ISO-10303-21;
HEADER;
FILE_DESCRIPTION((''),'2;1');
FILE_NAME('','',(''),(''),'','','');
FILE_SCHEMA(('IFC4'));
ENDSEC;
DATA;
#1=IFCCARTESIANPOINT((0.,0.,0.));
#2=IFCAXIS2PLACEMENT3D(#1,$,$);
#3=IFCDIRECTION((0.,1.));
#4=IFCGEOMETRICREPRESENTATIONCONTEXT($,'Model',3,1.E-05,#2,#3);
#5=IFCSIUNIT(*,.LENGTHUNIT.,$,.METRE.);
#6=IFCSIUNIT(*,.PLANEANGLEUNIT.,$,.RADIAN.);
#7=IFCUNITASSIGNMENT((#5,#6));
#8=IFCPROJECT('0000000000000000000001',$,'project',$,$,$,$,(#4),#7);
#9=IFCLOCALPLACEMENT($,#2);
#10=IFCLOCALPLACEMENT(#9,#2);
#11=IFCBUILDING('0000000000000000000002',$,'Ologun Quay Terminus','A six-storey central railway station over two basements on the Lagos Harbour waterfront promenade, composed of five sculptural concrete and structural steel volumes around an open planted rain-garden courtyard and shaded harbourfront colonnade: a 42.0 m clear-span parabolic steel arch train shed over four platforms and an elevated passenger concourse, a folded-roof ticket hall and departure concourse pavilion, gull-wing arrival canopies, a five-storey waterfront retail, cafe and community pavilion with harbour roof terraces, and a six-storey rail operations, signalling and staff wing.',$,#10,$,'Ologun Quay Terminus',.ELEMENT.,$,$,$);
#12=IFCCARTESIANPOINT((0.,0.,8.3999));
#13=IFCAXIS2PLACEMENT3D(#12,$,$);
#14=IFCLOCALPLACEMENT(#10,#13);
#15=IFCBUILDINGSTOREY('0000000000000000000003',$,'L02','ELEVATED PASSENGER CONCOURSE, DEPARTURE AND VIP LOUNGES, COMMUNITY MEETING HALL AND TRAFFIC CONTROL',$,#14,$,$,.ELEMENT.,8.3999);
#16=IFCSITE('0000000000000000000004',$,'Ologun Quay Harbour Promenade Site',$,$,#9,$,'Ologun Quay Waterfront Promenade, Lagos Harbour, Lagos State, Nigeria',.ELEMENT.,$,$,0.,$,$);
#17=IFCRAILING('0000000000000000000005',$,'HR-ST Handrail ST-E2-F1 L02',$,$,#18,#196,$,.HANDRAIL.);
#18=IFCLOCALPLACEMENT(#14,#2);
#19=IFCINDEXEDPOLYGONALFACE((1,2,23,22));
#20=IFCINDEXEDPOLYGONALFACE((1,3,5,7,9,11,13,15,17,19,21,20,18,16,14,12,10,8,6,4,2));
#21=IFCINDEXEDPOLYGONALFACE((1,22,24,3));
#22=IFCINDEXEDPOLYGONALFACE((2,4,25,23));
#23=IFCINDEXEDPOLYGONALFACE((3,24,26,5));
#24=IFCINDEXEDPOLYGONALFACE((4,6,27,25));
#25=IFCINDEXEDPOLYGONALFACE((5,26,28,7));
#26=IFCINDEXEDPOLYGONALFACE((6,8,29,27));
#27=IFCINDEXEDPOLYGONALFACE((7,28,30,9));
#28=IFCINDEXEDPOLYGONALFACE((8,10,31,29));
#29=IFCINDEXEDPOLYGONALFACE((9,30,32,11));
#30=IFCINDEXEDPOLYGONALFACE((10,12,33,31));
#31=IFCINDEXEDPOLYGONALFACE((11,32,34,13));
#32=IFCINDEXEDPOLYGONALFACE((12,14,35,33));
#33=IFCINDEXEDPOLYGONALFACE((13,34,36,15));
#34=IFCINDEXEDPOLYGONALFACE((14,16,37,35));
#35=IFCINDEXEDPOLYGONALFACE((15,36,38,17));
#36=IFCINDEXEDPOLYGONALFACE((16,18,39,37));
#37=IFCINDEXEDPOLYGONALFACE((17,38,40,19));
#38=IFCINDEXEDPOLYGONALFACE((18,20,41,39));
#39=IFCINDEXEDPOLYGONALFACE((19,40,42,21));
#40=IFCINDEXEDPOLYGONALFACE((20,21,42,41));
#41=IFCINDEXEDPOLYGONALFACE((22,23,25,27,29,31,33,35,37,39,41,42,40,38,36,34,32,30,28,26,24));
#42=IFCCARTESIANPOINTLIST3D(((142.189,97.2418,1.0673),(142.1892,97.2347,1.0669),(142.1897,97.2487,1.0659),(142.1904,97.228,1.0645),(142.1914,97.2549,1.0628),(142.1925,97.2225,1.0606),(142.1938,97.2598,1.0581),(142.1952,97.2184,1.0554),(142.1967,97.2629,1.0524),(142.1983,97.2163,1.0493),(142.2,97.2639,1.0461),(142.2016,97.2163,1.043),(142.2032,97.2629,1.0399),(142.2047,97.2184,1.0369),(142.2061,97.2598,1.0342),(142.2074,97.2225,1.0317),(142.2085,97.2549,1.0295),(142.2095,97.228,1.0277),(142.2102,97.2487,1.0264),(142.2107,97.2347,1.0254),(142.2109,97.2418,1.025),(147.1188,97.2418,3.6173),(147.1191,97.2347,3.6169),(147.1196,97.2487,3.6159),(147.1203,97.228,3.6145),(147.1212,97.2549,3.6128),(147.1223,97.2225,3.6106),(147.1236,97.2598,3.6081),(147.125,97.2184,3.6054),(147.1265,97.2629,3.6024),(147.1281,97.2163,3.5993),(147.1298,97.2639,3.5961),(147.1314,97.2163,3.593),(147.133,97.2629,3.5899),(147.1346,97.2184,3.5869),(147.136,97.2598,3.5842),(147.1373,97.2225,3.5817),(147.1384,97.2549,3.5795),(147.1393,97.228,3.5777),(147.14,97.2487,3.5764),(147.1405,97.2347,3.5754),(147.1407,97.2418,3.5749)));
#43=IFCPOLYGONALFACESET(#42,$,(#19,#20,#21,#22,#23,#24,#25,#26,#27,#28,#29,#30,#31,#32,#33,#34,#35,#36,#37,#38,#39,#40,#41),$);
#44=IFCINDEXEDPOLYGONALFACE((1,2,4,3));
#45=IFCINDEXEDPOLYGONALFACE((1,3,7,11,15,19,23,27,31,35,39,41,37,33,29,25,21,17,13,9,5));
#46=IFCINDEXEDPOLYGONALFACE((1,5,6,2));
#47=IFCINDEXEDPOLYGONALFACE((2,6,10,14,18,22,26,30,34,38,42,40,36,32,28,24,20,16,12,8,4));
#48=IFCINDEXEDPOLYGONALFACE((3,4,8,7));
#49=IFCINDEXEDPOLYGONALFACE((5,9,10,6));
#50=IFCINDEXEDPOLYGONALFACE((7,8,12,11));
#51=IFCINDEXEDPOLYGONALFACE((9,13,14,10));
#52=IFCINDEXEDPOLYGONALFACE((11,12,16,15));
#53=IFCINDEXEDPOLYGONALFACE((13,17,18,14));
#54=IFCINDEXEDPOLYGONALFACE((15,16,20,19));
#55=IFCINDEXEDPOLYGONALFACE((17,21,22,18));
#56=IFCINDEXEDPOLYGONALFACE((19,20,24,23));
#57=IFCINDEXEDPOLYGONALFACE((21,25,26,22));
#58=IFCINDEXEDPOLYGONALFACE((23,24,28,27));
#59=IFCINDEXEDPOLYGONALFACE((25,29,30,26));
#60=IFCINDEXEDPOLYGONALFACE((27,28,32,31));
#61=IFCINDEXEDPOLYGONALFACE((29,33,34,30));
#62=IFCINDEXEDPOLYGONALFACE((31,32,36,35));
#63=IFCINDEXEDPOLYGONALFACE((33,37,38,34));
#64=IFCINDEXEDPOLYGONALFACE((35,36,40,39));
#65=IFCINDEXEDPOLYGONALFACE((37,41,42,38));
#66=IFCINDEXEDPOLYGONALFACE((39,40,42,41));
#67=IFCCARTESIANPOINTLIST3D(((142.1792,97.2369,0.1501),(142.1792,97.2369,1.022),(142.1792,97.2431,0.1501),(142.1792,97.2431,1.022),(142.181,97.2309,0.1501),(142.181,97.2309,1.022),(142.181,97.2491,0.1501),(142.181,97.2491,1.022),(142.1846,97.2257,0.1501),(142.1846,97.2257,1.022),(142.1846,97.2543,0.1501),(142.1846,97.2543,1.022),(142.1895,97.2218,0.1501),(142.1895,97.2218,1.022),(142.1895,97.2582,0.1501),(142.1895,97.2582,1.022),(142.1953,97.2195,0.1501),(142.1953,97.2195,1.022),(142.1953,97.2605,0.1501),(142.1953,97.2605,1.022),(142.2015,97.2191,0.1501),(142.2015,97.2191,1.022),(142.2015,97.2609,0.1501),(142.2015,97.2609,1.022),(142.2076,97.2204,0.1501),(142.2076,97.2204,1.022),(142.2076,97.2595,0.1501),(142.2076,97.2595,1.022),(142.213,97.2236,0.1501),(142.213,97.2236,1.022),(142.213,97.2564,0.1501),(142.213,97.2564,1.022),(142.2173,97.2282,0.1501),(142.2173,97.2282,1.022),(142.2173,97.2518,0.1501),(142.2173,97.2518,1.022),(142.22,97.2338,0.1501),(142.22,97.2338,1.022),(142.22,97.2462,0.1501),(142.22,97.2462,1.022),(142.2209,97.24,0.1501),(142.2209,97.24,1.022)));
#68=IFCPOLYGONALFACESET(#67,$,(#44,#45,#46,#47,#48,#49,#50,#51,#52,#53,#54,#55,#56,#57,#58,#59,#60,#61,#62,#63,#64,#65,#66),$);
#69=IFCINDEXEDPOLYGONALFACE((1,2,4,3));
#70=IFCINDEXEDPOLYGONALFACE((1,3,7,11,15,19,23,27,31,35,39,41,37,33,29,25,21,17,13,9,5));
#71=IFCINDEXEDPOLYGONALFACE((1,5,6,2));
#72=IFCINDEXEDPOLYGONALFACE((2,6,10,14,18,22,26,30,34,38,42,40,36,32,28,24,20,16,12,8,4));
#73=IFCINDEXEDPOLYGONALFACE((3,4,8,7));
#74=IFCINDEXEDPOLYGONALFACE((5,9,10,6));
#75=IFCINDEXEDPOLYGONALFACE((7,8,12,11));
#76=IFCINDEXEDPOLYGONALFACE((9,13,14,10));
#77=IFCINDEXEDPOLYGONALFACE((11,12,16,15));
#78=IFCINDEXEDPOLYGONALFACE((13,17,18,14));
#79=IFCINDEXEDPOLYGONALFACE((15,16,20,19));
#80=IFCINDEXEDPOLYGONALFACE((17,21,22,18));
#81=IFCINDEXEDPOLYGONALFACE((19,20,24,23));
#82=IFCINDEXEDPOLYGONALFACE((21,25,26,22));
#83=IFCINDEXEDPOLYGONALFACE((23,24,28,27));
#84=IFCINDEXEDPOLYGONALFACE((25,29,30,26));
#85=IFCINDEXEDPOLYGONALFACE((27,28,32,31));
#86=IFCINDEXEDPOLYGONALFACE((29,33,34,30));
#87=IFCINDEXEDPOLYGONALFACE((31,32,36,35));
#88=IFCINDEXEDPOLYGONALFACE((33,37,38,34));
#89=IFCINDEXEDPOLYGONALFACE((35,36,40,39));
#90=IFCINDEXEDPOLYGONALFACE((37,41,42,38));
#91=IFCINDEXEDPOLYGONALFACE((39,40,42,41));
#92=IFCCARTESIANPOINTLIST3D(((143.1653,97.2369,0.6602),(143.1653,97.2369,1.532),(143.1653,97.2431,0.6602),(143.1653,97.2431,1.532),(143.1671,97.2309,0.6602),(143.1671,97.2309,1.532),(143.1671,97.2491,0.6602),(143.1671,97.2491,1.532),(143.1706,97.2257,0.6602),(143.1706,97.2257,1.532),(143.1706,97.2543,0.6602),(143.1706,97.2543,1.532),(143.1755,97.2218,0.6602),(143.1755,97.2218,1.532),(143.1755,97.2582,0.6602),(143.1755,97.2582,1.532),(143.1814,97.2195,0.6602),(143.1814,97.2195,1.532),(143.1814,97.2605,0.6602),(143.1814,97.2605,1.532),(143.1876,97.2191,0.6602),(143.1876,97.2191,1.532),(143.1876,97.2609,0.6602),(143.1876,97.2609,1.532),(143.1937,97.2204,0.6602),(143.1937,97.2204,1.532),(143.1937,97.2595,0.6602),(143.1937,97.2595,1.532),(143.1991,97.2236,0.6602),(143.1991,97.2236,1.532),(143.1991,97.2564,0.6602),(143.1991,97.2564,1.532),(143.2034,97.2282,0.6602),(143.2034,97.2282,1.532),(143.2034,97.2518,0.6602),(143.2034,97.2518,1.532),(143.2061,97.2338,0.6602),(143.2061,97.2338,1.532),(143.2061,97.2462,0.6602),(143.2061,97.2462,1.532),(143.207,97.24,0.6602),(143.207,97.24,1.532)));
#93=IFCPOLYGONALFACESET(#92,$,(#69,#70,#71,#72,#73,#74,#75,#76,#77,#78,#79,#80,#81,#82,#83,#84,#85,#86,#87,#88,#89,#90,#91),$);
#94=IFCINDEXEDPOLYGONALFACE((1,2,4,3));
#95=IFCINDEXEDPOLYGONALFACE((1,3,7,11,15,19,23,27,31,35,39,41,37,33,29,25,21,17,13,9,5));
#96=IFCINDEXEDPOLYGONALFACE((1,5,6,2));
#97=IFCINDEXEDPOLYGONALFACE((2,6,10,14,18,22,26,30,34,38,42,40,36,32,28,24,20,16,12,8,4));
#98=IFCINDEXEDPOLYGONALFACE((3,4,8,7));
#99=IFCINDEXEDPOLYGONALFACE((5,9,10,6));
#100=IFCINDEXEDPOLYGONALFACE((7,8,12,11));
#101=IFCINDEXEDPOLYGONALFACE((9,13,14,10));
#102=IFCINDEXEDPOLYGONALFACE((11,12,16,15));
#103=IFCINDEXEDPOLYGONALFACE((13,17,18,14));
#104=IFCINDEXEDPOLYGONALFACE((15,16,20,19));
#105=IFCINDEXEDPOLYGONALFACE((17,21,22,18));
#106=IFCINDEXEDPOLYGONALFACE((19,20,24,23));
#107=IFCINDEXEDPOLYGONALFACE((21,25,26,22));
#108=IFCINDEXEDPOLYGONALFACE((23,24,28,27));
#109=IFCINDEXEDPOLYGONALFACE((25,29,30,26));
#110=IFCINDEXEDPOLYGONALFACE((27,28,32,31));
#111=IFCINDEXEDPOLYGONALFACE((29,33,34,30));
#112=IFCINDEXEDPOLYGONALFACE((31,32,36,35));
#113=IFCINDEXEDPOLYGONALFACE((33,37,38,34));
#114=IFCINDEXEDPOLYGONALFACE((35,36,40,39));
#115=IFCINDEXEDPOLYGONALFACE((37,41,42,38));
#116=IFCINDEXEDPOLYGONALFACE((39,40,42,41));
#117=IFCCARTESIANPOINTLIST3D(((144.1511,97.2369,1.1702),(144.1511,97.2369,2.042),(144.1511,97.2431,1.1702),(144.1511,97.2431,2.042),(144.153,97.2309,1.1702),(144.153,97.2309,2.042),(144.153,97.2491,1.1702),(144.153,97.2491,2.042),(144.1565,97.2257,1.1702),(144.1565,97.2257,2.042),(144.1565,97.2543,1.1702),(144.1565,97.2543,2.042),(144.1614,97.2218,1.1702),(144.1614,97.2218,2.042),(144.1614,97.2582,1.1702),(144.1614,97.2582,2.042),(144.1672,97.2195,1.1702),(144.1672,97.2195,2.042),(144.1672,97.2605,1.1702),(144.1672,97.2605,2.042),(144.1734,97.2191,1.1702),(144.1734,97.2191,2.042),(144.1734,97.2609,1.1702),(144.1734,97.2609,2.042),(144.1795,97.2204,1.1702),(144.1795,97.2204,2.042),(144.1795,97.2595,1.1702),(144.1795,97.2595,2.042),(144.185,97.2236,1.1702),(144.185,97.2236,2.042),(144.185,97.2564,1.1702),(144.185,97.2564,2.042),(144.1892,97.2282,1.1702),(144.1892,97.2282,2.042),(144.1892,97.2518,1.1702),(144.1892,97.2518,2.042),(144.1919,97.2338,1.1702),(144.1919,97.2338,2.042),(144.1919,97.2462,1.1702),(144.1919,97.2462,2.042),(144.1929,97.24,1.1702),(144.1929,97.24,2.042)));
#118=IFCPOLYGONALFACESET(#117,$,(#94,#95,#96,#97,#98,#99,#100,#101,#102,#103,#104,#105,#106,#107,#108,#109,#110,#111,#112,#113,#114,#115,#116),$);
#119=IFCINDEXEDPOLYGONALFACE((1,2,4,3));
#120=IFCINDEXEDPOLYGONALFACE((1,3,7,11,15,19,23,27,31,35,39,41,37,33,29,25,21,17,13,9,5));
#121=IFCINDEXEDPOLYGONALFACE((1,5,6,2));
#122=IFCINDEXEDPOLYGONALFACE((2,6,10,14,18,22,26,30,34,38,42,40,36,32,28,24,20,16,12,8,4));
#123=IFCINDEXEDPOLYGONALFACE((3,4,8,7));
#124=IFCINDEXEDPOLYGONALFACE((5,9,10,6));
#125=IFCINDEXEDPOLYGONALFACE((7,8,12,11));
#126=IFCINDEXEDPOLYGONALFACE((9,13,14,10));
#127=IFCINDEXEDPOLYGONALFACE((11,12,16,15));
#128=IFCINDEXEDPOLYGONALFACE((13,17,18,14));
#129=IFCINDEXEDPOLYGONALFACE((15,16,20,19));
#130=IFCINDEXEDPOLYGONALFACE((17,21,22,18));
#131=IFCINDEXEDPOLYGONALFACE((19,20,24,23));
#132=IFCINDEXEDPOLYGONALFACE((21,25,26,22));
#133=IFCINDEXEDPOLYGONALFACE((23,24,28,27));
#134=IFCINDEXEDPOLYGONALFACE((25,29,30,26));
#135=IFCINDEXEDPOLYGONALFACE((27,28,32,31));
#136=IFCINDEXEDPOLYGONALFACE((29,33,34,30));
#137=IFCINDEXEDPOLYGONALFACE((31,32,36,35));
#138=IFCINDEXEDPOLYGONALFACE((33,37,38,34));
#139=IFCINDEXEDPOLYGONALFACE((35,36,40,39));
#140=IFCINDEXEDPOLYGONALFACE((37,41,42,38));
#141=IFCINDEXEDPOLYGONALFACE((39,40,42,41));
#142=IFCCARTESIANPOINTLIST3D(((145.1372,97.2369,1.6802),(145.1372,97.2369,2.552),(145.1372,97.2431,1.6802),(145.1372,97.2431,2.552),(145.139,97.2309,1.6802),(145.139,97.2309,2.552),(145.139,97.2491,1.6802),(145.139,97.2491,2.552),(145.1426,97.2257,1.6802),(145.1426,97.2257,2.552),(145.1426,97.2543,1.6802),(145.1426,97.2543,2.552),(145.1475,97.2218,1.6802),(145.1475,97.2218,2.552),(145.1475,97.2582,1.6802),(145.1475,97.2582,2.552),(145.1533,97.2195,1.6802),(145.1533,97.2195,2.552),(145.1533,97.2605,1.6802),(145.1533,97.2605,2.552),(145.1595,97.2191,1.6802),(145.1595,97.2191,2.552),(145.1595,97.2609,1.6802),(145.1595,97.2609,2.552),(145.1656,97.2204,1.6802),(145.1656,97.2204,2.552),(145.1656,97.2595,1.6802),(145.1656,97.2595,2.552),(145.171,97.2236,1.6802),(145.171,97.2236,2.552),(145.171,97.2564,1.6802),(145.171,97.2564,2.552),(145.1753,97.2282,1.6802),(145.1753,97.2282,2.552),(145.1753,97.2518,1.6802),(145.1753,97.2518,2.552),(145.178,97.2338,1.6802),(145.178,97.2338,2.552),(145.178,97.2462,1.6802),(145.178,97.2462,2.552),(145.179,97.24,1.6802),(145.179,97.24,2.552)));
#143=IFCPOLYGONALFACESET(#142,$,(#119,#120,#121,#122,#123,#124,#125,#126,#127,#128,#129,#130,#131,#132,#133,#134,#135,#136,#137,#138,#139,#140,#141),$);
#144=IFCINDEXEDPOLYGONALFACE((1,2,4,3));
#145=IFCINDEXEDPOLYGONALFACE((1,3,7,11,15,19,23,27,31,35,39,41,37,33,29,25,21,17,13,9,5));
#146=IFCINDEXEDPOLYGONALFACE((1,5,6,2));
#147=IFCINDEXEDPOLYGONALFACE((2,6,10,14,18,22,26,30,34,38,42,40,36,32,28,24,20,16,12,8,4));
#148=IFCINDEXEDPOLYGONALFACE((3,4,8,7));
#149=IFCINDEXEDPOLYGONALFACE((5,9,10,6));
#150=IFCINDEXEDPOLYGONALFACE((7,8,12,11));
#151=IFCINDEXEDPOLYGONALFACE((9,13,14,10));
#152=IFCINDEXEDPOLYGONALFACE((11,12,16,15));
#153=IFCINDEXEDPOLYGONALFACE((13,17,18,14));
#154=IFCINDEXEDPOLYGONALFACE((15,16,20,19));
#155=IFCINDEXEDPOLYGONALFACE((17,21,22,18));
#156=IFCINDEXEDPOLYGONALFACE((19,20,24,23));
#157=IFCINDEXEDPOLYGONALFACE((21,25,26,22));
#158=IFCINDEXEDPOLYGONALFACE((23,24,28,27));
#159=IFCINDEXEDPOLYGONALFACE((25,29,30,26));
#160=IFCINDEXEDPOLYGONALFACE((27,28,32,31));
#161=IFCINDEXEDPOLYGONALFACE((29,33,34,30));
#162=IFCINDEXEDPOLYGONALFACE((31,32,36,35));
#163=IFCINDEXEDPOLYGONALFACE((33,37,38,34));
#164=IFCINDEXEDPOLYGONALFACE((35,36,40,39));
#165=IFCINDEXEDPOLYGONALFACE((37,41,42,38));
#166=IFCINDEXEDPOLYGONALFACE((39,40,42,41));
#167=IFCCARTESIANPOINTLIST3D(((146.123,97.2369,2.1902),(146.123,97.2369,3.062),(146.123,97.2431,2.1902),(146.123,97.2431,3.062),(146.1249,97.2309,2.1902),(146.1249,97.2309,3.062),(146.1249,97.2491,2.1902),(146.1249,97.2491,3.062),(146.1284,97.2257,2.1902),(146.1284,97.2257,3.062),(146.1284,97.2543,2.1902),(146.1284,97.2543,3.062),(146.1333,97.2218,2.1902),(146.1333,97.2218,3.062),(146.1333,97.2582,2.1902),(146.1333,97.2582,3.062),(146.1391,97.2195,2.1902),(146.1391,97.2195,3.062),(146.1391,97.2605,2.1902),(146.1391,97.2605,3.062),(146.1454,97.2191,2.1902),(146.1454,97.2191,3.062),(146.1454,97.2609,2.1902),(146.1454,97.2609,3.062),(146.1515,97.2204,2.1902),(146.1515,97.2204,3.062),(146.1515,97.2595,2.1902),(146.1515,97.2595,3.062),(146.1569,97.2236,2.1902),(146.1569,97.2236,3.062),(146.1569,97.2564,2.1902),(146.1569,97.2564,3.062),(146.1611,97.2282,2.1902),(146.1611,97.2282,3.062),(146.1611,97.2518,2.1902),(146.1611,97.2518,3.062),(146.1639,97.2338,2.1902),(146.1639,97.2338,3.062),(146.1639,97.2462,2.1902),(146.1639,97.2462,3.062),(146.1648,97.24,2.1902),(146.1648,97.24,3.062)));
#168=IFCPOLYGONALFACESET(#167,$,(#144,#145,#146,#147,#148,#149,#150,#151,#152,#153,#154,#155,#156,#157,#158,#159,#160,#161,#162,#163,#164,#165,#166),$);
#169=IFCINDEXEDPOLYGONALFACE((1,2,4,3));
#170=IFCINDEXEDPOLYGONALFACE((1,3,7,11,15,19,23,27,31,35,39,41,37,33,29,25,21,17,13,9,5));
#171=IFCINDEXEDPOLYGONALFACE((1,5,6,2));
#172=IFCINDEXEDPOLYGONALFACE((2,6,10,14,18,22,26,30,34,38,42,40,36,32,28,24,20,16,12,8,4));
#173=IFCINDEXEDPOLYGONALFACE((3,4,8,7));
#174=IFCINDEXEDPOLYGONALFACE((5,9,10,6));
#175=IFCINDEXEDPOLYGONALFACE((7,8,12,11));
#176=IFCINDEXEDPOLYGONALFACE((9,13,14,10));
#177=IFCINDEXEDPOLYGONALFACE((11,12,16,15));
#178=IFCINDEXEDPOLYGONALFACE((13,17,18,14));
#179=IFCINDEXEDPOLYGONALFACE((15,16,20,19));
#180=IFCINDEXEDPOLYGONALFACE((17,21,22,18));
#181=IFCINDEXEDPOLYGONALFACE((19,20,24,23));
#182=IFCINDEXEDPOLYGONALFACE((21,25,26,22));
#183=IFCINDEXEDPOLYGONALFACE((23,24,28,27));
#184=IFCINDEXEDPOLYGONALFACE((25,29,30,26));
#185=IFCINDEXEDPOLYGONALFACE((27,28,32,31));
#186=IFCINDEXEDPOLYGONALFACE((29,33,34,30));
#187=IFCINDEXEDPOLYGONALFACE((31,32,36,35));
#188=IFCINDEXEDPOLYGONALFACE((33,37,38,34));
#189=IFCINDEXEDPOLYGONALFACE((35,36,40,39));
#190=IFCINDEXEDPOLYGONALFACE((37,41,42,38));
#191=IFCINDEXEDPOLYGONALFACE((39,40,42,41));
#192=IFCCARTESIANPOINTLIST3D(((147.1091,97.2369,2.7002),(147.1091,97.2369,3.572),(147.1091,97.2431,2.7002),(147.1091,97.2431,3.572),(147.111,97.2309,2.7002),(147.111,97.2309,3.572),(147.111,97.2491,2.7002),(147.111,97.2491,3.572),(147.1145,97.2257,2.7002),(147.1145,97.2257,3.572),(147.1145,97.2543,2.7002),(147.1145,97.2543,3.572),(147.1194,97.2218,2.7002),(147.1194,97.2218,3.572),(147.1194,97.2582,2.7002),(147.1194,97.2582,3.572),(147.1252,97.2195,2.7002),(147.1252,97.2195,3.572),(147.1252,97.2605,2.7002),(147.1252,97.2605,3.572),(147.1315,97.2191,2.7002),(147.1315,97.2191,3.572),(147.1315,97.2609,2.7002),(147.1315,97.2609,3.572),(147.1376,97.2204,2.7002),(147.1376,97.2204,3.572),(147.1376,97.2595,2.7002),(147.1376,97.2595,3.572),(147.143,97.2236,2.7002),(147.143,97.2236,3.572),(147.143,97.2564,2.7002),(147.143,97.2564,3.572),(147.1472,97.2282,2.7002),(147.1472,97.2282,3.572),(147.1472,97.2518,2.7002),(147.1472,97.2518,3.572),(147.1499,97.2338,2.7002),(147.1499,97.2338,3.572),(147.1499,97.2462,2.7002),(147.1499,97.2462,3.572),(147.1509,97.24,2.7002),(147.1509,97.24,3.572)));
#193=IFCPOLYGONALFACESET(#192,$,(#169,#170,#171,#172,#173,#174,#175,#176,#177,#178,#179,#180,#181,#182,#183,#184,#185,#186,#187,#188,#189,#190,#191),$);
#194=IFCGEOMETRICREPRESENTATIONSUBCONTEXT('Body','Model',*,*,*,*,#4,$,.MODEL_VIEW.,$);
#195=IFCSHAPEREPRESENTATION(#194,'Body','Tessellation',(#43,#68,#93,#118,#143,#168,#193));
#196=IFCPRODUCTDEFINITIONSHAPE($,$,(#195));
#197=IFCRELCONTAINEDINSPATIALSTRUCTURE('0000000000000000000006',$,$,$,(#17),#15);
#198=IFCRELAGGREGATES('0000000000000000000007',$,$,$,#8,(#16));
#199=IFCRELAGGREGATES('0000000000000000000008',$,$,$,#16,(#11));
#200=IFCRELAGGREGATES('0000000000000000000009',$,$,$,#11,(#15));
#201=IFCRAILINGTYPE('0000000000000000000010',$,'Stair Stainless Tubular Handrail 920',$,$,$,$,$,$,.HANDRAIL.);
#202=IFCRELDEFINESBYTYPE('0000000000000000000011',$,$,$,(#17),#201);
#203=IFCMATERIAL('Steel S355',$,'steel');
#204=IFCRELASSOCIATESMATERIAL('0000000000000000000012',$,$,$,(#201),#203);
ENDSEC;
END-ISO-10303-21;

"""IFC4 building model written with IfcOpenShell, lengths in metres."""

from ifc_helpers import new_model, si_unit, direction, frame, origin, origin_2d, place, context, subcontext, project, spatial, circle, extrude, material, type_object, element, save


model = new_model("IFC4")

# Units and contexts
model_context = context("Model", 3, precision=1e-05, world=origin(), true_north=direction((0.0, 1.0)))
body_context = subcontext(model_context, "Body", "Model", "MODEL_VIEW")
ifc_project = project(units=[si_unit("LENGTHUNIT", "METRE"), si_unit("PLANEANGLEUNIT", "RADIAN")], contexts=[model_context])

# Site, building, storey
site_placement = place(None, origin())
site = spatial("IfcSite", under=ifc_project, at=site_placement, Name="Ologun Quay Harbour Promenade Site", LongName="Ologun Quay Waterfront Promenade, Lagos Harbour, Lagos State, Nigeria", CompositionType="ELEMENT", RefElevation=0.0)
building_placement = place(site_placement, origin())
building = spatial("IfcBuilding", under=site, at=building_placement, Name="Ologun Quay Terminus", Description="A six-storey central railway station over two basements on the Lagos Harbour waterfront promenade, composed of five sculptural concrete and structural steel volumes around an open planted rain-garden courtyard and shaded harbourfront colonnade: a 42.0 m clear-span parabolic steel arch train shed over four platforms and an elevated passenger concourse, a folded-roof ticket hall and departure concourse pavilion, gull-wing arrival canopies, a five-storey waterfront retail, cafe and community pavilion with harbour roof terraces, and a six-storey rail operations, signalling and staff wing.", LongName="Ologun Quay Terminus", CompositionType="ELEMENT")
storey_placement = place(building_placement, frame((0.0, 0.0, 8.3999)))
storey = spatial("IfcBuildingStorey", under=building, at=storey_placement, Name="L02", Description="ELEVATED PASSENGER CONCOURSE, DEPARTURE AND VIP LOUNGES, COMMUNITY MEETING HALL AND TRAFFIC CONTROL", CompositionType="ELEMENT", Elevation=8.3999)

# Railing
ifc_material_1 = material(Name="Steel S355", Category="steel")
railing_type = type_object("IfcRailingType", Name="Stair Stainless Tubular Handrail 920", PredefinedType="HANDRAIL", material=ifc_material_1)
railing_placement = place(storey_placement, frame((142.2, 97.24, 0.1501)))
element("IfcRailing", 1, at=railing_placement, inside=storey, type_object=railing_type, Name="HR-ST Handrail ST-E2-F1 L02", PredefinedType="HANDRAIL", context=body_context, shape_type="SweptSolid", body=[
    extrude(circle(Radius=0.0239, at=origin_2d()), frame((0.0, 0.0, 0.896), z_axis=(0.888211, 0.0, 0.459435), x_axis=(0.0, 1.0, 0.0)), (0.0, 0.0, 1.0), 5.5503),
    extrude(circle(Radius=0.021, at=origin_2d()), origin(), (0.0, 0.0, 1.0), 0.8718),
    extrude(circle(Radius=0.021, at=origin_2d()), frame((0.9861, 0.0, 0.51)), (0.0, 0.0, 1.0), 0.8718),
    extrude(circle(Radius=0.021, at=origin_2d()), frame((1.9719, 0.0, 1.02)), (0.0, 0.0, 1.0), 0.8718),
    extrude(circle(Radius=0.021, at=origin_2d()), frame((2.958, 0.0, 1.53)), (0.0, 0.0, 1.0), 0.8718),
    extrude(circle(Radius=0.021, at=origin_2d()), frame((3.9438, 0.0, 2.04)), (0.0, 0.0, 1.0), 0.8718),
    extrude(circle(Radius=0.021, at=origin_2d()), frame((4.9299, 0.0, 2.55)), (0.0, 0.0, 1.0), 0.8718),
])

save(model, "model.ifc")
